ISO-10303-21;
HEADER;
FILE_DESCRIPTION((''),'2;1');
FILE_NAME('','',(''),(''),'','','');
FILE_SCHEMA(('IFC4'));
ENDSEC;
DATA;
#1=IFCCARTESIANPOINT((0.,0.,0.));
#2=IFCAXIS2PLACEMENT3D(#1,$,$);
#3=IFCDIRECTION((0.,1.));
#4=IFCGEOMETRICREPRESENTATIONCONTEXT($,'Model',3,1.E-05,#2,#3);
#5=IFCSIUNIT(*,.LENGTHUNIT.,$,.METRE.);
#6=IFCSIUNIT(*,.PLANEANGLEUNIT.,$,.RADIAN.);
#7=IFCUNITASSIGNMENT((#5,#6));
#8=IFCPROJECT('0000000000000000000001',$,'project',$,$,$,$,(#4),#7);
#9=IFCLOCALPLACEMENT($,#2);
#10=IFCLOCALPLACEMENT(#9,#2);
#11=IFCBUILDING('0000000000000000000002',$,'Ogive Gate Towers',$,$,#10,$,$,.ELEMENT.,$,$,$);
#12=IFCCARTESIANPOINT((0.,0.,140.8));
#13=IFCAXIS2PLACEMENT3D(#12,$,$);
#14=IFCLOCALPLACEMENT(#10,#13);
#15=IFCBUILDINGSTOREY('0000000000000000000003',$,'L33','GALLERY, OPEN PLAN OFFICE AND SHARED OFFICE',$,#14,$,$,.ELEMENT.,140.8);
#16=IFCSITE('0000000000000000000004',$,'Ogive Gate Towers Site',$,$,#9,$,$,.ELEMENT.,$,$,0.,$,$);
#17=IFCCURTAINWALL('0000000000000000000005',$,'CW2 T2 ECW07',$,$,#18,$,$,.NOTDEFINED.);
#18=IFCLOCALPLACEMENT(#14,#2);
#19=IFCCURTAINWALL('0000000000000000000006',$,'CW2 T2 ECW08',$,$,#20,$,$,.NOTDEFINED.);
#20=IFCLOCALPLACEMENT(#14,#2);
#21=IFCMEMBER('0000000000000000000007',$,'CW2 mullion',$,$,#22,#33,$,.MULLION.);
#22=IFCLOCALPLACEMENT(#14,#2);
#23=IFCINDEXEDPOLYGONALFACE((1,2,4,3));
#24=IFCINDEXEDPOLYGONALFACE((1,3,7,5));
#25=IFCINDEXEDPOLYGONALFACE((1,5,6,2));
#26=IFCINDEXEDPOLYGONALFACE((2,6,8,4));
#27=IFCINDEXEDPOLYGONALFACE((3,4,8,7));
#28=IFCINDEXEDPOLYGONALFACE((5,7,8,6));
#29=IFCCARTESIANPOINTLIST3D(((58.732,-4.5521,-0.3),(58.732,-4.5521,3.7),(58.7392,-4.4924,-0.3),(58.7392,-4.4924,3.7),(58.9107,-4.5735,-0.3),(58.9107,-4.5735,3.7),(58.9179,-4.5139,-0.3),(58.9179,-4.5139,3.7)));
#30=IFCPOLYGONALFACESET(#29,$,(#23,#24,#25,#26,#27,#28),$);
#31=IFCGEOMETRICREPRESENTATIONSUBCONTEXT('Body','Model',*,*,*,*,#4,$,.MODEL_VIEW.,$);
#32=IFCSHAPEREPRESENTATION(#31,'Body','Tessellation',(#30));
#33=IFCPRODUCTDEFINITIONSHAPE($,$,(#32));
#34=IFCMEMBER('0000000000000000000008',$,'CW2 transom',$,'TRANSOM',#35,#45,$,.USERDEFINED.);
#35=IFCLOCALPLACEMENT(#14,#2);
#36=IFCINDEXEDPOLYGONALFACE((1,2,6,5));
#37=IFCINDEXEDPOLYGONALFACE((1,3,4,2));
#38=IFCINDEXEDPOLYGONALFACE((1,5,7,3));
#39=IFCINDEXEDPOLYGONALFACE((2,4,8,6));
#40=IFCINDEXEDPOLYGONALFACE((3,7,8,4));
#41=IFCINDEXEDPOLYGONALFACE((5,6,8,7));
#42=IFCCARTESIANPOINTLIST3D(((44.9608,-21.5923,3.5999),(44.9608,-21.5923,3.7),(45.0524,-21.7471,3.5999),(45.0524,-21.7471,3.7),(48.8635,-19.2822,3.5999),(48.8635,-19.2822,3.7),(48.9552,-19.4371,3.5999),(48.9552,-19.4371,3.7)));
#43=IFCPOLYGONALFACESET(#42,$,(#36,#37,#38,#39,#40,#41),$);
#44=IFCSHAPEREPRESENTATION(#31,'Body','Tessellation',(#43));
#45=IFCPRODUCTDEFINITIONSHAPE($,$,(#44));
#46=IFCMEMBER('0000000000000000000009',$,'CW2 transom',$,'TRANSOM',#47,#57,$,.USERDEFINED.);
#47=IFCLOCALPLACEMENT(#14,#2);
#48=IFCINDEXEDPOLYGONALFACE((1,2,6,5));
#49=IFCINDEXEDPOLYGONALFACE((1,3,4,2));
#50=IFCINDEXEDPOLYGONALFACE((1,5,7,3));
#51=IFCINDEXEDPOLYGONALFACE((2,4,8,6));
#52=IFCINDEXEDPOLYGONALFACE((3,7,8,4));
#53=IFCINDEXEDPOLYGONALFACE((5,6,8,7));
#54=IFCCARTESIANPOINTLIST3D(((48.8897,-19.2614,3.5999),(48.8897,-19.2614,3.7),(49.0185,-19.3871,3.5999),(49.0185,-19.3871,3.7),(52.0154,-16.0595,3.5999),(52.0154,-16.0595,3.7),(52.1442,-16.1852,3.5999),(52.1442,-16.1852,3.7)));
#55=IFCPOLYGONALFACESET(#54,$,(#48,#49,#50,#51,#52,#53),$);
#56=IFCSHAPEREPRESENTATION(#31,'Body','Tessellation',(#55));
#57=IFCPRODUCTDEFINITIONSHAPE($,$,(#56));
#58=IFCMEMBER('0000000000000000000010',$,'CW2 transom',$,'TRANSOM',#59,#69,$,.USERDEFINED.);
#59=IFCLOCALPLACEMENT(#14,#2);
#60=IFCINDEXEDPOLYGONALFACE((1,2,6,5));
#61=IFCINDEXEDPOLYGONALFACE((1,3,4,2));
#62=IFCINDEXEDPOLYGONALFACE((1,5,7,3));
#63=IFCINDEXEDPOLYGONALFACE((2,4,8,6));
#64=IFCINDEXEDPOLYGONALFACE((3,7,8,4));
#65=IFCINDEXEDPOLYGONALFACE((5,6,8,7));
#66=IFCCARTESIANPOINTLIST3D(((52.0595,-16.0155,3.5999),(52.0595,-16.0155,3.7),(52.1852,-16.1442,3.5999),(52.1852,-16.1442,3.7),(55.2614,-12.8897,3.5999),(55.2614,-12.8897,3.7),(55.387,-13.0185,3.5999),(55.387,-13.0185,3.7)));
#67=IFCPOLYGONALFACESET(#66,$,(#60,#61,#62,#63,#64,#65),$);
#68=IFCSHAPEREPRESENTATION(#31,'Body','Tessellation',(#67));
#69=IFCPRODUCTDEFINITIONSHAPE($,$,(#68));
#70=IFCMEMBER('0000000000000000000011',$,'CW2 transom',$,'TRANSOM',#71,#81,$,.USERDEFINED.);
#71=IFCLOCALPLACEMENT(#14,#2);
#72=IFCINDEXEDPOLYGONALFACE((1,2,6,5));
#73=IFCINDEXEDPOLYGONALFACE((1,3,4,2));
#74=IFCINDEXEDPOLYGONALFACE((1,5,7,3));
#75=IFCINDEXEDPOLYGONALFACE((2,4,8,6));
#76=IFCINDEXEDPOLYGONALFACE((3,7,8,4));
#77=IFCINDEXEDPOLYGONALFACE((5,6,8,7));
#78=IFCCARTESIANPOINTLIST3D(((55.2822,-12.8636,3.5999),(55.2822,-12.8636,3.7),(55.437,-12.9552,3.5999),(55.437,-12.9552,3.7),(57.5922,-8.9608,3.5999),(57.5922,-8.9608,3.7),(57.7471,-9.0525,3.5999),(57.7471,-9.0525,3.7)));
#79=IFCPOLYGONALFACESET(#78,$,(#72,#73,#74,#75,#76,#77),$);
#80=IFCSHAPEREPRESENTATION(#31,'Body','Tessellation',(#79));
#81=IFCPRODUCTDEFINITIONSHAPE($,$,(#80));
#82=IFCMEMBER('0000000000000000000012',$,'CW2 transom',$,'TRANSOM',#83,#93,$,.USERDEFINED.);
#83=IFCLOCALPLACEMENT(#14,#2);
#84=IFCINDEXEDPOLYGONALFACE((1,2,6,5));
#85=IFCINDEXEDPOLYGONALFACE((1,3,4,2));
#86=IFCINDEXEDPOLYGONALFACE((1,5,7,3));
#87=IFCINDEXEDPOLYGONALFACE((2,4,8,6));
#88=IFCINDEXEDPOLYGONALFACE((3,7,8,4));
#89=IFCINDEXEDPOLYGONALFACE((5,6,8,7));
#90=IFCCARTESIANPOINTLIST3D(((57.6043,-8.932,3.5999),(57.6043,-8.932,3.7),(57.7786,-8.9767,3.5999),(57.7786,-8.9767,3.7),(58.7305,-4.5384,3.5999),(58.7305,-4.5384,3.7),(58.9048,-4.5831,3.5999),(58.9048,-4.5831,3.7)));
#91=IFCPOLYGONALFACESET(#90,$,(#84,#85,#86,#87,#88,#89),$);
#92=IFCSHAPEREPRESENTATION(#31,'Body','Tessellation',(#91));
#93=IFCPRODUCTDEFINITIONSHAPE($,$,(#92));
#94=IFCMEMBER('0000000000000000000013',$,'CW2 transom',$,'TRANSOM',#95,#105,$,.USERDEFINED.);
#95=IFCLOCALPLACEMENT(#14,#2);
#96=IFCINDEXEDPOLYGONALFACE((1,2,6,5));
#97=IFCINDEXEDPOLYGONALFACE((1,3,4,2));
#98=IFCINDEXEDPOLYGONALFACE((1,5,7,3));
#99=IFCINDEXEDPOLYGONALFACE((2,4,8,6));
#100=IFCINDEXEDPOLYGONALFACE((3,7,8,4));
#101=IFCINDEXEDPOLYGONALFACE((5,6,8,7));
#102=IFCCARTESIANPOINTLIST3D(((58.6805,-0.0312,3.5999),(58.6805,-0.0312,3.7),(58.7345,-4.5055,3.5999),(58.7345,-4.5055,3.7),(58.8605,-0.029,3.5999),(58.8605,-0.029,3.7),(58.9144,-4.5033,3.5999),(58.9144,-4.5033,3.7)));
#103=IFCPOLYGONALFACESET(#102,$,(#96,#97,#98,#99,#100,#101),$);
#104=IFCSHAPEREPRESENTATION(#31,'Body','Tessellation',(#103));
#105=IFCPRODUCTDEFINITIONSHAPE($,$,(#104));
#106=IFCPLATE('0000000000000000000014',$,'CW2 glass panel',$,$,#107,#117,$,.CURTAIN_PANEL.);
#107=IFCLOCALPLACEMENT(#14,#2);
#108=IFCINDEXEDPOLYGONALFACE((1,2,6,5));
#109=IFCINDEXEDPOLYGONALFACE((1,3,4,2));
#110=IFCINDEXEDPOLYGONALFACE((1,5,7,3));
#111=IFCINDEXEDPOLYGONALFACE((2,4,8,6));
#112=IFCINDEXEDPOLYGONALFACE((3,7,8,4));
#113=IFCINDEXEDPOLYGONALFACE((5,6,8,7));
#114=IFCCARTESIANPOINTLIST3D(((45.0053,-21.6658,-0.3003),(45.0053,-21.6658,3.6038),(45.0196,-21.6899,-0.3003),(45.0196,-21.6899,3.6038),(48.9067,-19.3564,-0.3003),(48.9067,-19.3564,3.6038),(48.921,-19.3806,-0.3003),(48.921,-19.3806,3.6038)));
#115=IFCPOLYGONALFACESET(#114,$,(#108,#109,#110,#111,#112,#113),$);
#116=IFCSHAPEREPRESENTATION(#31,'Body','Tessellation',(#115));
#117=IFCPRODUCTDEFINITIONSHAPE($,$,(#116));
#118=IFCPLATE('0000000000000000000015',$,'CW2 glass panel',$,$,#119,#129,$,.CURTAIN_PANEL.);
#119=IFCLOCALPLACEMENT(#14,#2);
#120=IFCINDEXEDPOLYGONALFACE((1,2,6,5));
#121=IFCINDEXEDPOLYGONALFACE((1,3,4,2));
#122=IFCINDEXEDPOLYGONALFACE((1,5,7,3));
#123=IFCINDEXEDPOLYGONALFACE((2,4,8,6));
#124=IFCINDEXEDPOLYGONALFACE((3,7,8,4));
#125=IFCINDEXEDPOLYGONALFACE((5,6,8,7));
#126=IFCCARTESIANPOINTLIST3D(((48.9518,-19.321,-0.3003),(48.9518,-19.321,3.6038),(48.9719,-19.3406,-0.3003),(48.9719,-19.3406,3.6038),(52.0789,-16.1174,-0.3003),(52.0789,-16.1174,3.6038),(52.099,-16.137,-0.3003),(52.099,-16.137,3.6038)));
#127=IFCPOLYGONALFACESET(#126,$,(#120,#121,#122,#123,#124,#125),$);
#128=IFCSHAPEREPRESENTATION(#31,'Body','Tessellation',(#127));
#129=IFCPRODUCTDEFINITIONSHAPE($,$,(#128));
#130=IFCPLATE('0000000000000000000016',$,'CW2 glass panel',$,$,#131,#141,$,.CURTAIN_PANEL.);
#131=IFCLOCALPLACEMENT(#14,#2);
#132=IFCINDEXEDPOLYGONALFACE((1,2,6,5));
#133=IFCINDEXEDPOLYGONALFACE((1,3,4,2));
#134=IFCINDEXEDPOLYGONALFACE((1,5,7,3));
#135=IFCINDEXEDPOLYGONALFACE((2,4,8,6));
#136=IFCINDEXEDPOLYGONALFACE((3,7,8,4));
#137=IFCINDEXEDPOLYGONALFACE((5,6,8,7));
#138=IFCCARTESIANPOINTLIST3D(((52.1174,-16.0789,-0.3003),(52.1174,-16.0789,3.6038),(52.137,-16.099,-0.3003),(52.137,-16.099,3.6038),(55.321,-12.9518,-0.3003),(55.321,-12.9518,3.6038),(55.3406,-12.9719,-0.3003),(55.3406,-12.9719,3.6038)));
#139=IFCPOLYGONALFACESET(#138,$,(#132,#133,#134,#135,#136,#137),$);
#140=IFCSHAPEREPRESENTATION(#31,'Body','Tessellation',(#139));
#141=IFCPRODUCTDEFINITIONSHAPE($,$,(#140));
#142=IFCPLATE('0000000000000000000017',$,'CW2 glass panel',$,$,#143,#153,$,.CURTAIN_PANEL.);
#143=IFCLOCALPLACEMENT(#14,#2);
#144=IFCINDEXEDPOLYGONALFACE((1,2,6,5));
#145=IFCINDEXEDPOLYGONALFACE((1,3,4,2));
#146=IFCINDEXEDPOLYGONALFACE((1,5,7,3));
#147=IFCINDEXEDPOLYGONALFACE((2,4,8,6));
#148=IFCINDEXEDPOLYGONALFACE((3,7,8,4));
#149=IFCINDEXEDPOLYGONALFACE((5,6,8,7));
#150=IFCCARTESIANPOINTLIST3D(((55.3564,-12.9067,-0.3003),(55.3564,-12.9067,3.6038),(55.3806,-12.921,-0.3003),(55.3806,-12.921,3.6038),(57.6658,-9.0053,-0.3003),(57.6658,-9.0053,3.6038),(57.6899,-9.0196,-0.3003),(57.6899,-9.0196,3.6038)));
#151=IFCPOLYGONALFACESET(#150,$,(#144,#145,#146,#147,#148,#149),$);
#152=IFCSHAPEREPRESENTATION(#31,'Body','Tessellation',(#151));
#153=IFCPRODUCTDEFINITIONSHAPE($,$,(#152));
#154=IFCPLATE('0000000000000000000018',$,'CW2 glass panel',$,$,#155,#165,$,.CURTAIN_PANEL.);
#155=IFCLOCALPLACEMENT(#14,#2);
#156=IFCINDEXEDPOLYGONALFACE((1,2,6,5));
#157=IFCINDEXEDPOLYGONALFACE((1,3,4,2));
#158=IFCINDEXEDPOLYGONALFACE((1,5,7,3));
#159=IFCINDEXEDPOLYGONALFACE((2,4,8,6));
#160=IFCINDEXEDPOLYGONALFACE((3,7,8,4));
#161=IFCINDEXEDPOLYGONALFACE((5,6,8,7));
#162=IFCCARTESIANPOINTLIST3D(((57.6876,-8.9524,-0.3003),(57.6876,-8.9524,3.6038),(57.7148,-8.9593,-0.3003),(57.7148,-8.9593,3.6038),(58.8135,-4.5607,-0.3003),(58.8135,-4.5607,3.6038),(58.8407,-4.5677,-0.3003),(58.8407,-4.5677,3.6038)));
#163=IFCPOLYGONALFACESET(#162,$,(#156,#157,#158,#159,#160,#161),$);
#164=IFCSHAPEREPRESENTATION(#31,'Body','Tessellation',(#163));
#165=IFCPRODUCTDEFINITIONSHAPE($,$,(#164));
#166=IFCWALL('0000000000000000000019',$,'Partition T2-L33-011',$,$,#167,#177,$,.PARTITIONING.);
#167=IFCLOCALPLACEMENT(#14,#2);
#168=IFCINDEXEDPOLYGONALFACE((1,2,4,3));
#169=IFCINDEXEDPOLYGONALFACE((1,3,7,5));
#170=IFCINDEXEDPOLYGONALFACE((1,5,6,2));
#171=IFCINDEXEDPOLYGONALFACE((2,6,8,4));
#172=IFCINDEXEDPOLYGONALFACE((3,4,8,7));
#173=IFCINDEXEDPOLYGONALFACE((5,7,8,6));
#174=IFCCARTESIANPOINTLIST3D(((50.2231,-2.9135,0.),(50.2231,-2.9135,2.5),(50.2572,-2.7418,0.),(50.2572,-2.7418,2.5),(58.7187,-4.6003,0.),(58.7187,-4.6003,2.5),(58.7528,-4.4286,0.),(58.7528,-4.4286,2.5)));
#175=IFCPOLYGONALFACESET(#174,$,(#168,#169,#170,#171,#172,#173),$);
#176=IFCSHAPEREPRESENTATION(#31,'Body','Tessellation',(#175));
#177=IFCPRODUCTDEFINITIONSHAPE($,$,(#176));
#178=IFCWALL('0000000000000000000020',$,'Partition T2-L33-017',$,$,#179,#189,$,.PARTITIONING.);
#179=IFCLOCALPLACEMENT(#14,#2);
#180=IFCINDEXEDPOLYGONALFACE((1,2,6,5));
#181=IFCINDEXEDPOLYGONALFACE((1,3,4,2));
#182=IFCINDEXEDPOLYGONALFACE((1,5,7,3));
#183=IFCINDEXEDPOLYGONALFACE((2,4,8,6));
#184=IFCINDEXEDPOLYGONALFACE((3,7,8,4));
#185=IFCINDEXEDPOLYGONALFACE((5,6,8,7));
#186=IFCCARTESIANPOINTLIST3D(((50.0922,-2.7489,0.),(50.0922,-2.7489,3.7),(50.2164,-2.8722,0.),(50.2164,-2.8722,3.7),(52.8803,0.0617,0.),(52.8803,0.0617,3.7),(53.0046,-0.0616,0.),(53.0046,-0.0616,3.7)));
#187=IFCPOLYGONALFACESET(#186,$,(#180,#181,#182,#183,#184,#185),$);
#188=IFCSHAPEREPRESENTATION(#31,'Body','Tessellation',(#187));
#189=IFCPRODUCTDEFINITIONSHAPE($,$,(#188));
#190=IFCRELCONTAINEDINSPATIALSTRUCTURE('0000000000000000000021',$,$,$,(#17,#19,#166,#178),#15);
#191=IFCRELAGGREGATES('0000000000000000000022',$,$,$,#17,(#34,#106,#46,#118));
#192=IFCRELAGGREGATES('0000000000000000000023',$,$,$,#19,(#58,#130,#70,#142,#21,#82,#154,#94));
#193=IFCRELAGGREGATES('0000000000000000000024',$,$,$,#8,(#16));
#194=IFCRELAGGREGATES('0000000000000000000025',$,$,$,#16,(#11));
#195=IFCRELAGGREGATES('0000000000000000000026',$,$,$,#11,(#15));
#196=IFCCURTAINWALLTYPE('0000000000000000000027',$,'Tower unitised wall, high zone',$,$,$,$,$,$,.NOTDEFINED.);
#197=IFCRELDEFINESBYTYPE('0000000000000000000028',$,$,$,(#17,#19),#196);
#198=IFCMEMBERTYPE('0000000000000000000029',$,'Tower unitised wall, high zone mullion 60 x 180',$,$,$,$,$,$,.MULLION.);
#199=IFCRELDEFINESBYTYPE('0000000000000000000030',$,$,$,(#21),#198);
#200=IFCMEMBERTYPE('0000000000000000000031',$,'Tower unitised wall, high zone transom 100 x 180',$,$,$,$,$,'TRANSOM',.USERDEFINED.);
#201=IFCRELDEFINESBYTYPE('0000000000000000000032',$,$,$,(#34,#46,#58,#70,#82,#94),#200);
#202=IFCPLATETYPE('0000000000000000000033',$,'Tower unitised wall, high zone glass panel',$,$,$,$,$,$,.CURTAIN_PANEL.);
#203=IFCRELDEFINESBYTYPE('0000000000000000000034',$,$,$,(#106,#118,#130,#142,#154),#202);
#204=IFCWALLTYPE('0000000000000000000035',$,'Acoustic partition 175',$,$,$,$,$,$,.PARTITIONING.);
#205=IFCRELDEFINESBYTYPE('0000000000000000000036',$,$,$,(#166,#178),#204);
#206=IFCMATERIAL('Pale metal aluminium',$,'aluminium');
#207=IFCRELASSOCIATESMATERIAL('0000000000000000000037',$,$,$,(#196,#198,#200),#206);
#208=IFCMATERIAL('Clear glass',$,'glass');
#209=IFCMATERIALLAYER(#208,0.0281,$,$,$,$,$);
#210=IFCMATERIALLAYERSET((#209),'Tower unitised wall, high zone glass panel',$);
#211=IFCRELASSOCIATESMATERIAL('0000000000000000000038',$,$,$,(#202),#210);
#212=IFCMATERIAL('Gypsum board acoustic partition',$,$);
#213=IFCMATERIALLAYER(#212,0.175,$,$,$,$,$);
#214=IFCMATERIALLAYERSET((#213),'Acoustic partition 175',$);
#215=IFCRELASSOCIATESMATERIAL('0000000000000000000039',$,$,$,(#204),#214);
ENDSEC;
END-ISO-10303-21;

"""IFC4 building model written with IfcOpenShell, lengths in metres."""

from ifc_helpers import new_model, si_unit, direction, frame, frame_2d, origin, origin_2d, place, context, subcontext, project, spatial, rectangle, extrude, material, layer, layer_set, material_profile, profile_set, type_object, element, aggregate, save


model = new_model("IFC4")

# Units and contexts
model_context = context("Model", 3, precision=1e-05, world=origin(), true_north=direction((0.0, 1.0)))
body_context = subcontext(model_context, "Body", "Model", "MODEL_VIEW")
ifc_project = project(units=[si_unit("LENGTHUNIT", "METRE"), si_unit("PLANEANGLEUNIT", "RADIAN")], contexts=[model_context])

# Site, building, storey
site_placement = place(None, origin())
site = spatial("IfcSite", under=ifc_project, at=site_placement, Name="Ogive Gate Towers Site", CompositionType="ELEMENT", RefElevation=0.0)
building_placement = place(site_placement, origin())
building = spatial("IfcBuilding", under=site, at=building_placement, Name="Ogive Gate Towers", CompositionType="ELEMENT")
storey_placement = place(building_placement, frame((0.0, 0.0, 140.8)))
storey = spatial("IfcBuildingStorey", under=building, at=storey_placement, Name="L33", Description="GALLERY, OPEN PLAN OFFICE AND SHARED OFFICE", CompositionType="ELEMENT", Elevation=140.8)

# Curtain walls, member
ifc_material_1 = material(Name="Pale metal aluminium", Category="aluminium")
curtain_wall_type = type_object("IfcCurtainWallType", Name="Tower unitised wall, high zone", PredefinedType="NOTDEFINED", material=ifc_material_1)
curtain_wall_1_placement = place(storey_placement, origin())
curtain_wall_1 = element("IfcCurtainWall", 1, at=curtain_wall_1_placement, inside=storey, type_object=curtain_wall_type, Name="CW2 T2 ECW07", PredefinedType="NOTDEFINED")
ifc_material_profile_1 = material_profile(ifc_material_1, rectangle(XDim=0.1799, YDim=0.0601, at=origin_2d()), Name="60 x 180 aluminium box")
ifc_profile_set_1 = profile_set([ifc_material_profile_1], Name="Pale metal aluminium")
member_type_1 = type_object("IfcMemberType", Name="Tower unitised wall, high zone mullion 60 x 180", PredefinedType="MULLION", material=ifc_profile_set_1)
curtain_wall_2_placement = place(storey_placement, origin())
curtain_wall_2 = element("IfcCurtainWall", 2, at=curtain_wall_2_placement, inside=storey, type_object=curtain_wall_type, Name="CW2 T2 ECW08", PredefinedType="NOTDEFINED")
member_1_placement = place(storey_placement, frame((58.825, -4.533, -0.3), z_axis=(0.0, 0.0, 1.0), x_axis=(0.992876, -0.119149, 0.0)))
member_1 = element("IfcMember", 3, at=member_1_placement, type_object=member_type_1, Name="CW2 mullion", PredefinedType="MULLION", context=body_context, shape_type="SweptSolid", body=[
    extrude(rectangle(XDim=0.1799, YDim=0.0601, at=origin_2d()), origin(), (0.0, 0.0, 1.0), 4.0),
])

# Members
ifc_material_profile_2 = material_profile(ifc_material_1, rectangle(XDim=0.1799, YDim=0.1001, at=origin_2d()), Name="100 x 180 aluminium box")
ifc_profile_set_2 = profile_set([ifc_material_profile_2], Name="Pale metal aluminium")
member_type_2 = type_object("IfcMemberType", Name="Tower unitised wall, high zone transom 100 x 180", ElementType="TRANSOM", PredefinedType="USERDEFINED", material=ifc_profile_set_2)
member_2_placement = place(storey_placement, frame((45.0066, -21.6697, 3.6499), z_axis=(0.860555, 0.509357, 0.0), x_axis=(-0.509357, 0.860555, 0.0)))
member_2 = element("IfcMember", 4, at=member_2_placement, type_object=member_type_2, Name="CW2 transom", ObjectType="TRANSOM", PredefinedType="USERDEFINED", context=body_context, shape_type="SweptSolid", body=[
    extrude(rectangle(XDim=0.1799, YDim=0.1001, at=origin_2d()), origin(), (0.0, 0.0, 1.0), 4.5352),
])
member_3_placement = place(storey_placement, frame((48.9541, -19.3242, 3.6499), z_axis=(0.698544, 0.715567, 0.0), x_axis=(-0.715567, 0.698544, 0.0)))
member_3 = element("IfcMember", 5, at=member_3_placement, type_object=member_type_2, Name="CW2 transom", ObjectType="TRANSOM", PredefinedType="USERDEFINED", context=body_context, shape_type="SweptSolid", body=[
    extrude(rectangle(XDim=0.1799, YDim=0.1001, at=origin_2d()), origin(), (0.0, 0.0, 1.0), 4.4746),
])
member_4_placement = place(storey_placement, frame((52.1223, -16.0798, 3.6499), z_axis=(0.715567, 0.698544, 0.0), x_axis=(-0.698544, 0.715567, 0.0)))
member_4 = element("IfcMember", 6, at=member_4_placement, type_object=member_type_2, Name="CW2 transom", ObjectType="TRANSOM", PredefinedType="USERDEFINED", context=body_context, shape_type="SweptSolid", body=[
    extrude(rectangle(XDim=0.1799, YDim=0.1001, at=origin_2d()), origin(), (0.0, 0.0, 1.0), 4.4746),
])
member_5_placement = place(storey_placement, frame((55.3596, -12.9094, 3.6499), z_axis=(0.509357, 0.860555, 0.0), x_axis=(-0.860555, 0.509357, 0.0)))
member_5 = element("IfcMember", 7, at=member_5_placement, type_object=member_type_2, Name="CW2 transom", ObjectType="TRANSOM", PredefinedType="USERDEFINED", context=body_context, shape_type="SweptSolid", body=[
    extrude(rectangle(XDim=0.1799, YDim=0.1001, at=origin_2d()), origin(), (0.0, 0.0, 1.0), 4.5352),
])
member_6_placement = place(storey_placement, frame((57.6914, -8.9543, 3.6499), z_axis=(0.248307, 0.968681, 0.0), x_axis=(-0.968681, 0.248307, 0.0)))
member_6 = element("IfcMember", 8, at=member_6_placement, type_object=member_type_2, Name="CW2 transom", ObjectType="TRANSOM", PredefinedType="USERDEFINED", context=body_context, shape_type="SweptSolid", body=[
    extrude(rectangle(XDim=0.1799, YDim=0.1001, at=origin_2d()), origin(), (0.0, 0.0, 1.0), 4.5356),
])
member_7_placement = place(storey_placement, frame((58.8245, -4.5044, 3.6499), z_axis=(-0.012058, 0.999927, 0.0), x_axis=(-0.999927, -0.012058, 0.0)))
member_7 = element("IfcMember", 9, at=member_7_placement, type_object=member_type_2, Name="CW2 transom", ObjectType="TRANSOM", PredefinedType="USERDEFINED", context=body_context, shape_type="SweptSolid", body=[
    extrude(rectangle(XDim=0.1799, YDim=0.1001, at=origin_2d()), origin(), (0.0, 0.0, 1.0), 4.4746),
])

# Plates
ifc_material_2 = material(Name="Clear glass", Category="glass")
ifc_layer_1 = layer(ifc_material_2, 0.0281)
ifc_layer_set_1 = layer_set([ifc_layer_1], Name="Tower unitised wall, high zone glass panel")
plate_type = type_object("IfcPlateType", Name="Tower unitised wall, high zone glass panel", PredefinedType="CURTAIN_PANEL", material=ifc_layer_set_1)
plate_1_placement = place(storey_placement, frame((46.9631, -20.5232, -0.3003), z_axis=(0.0, 0.0, 1.0), x_axis=(0.860547, 0.509372, 0.0)))
plate_1 = element("IfcPlate", 10, at=plate_1_placement, type_object=plate_type, Name="CW2 glass panel", PredefinedType="CURTAIN_PANEL", context=body_context, shape_type="SweptSolid", body=[
    extrude(rectangle(XDim=4.5337, YDim=0.0281, at=origin_2d()), origin(), (0.0, 0.0, 1.0), 3.9041),
])
plate_2_placement = place(storey_placement, frame((50.5254, -17.729, -0.3003), z_axis=(0.0, 0.0, 1.0), x_axis=(0.698515, 0.715595, 0.0)))
plate_2 = element("IfcPlate", 11, at=plate_2_placement, type_object=plate_type, Name="CW2 glass panel", PredefinedType="CURTAIN_PANEL", context=body_context, shape_type="SweptSolid", body=[
    extrude(rectangle(XDim=4.4768, YDim=0.0281, at=origin_2d()), origin(), (0.0, 0.0, 1.0), 3.9041),
])
aggregate(curtain_wall_1, [member_2, plate_1, member_3, plate_2])
plate_3_placement = place(storey_placement, frame((53.729, -14.5254, -0.3003), z_axis=(0.0, 0.0, 1.0), x_axis=(0.715595, 0.698515, 0.0)))
plate_3 = element("IfcPlate", 12, at=plate_3_placement, type_object=plate_type, Name="CW2 glass panel", PredefinedType="CURTAIN_PANEL", context=body_context, shape_type="SweptSolid", body=[
    extrude(rectangle(XDim=4.4768, YDim=0.0281, at=origin_2d()), origin(), (0.0, 0.0, 1.0), 3.9041),
])
plate_4_placement = place(storey_placement, frame((56.5232, -10.9631, -0.3003), z_axis=(0.0, 0.0, 1.0), x_axis=(0.509372, 0.860547, 0.0)))
plate_4 = element("IfcPlate", 13, at=plate_4_placement, type_object=plate_type, Name="CW2 glass panel", PredefinedType="CURTAIN_PANEL", context=body_context, shape_type="SweptSolid", body=[
    extrude(rectangle(XDim=4.5337, YDim=0.0281, at=origin_2d()), origin(), (0.0, 0.0, 1.0), 3.9041),
])
plate_5_placement = place(storey_placement, frame((58.2642, -6.76, -0.3003), z_axis=(0.0, 0.0, 1.0), x_axis=(0.248335, 0.968674, 0.0)))
plate_5 = element("IfcPlate", 14, at=plate_5_placement, type_object=plate_type, Name="CW2 glass panel", PredefinedType="CURTAIN_PANEL", context=body_context, shape_type="SweptSolid", body=[
    extrude(rectangle(XDim=4.5337, YDim=0.0281, at=origin_2d()), origin(), (0.0, 0.0, 1.0), 3.9041),
])
aggregate(curtain_wall_2, [member_4, plate_3, member_5, plate_4, member_1, member_6, plate_5, member_7])

# Walls
ifc_material_3 = material(Name="Gypsum board acoustic partition")
ifc_layer_2 = layer(ifc_material_3, 0.175)
ifc_layer_set_2 = layer_set([ifc_layer_2], Name="Acoustic partition 175")
wall_type_1 = type_object("IfcWallType", Name="Acoustic partition 175", PredefinedType="PARTITIONING", material=ifc_layer_set_2)
wall_1_placement = place(storey_placement, frame((58.7356, -4.5144, 0.0), z_axis=(0.0, 0.0, 1.0), x_axis=(-0.980854, 0.194745, 0.0)))
element("IfcWall", 15, at=wall_1_placement, inside=storey, type_object=wall_type_1, Name="Partition T2-L33-011", PredefinedType="PARTITIONING", context=body_context, shape_type="SweptSolid", body=[
    extrude(rectangle(XDim=8.6614, YDim=0.175, at=frame_2d((4.3306, 0.0))), origin(), (0.0, 0.0, 1.0), 2.5),
])
wall_2_placement = place(storey_placement, frame((50.1543, -2.8105, 0.0), z_axis=(0.0, 0.0, 1.0), x_axis=(0.704264, 0.709938, 0.0)))
element("IfcWall", 16, at=wall_2_placement, inside=storey, type_object=wall_type_1, Name="Partition T2-L33-017", PredefinedType="PARTITIONING", context=body_context, shape_type="SweptSolid", body=[
    extrude(rectangle(XDim=3.959, YDim=0.175, at=frame_2d((1.9795, 0.0))), origin(), (0.0, 0.0, 1.0), 3.7),
])

save(model, "model.ifc")
